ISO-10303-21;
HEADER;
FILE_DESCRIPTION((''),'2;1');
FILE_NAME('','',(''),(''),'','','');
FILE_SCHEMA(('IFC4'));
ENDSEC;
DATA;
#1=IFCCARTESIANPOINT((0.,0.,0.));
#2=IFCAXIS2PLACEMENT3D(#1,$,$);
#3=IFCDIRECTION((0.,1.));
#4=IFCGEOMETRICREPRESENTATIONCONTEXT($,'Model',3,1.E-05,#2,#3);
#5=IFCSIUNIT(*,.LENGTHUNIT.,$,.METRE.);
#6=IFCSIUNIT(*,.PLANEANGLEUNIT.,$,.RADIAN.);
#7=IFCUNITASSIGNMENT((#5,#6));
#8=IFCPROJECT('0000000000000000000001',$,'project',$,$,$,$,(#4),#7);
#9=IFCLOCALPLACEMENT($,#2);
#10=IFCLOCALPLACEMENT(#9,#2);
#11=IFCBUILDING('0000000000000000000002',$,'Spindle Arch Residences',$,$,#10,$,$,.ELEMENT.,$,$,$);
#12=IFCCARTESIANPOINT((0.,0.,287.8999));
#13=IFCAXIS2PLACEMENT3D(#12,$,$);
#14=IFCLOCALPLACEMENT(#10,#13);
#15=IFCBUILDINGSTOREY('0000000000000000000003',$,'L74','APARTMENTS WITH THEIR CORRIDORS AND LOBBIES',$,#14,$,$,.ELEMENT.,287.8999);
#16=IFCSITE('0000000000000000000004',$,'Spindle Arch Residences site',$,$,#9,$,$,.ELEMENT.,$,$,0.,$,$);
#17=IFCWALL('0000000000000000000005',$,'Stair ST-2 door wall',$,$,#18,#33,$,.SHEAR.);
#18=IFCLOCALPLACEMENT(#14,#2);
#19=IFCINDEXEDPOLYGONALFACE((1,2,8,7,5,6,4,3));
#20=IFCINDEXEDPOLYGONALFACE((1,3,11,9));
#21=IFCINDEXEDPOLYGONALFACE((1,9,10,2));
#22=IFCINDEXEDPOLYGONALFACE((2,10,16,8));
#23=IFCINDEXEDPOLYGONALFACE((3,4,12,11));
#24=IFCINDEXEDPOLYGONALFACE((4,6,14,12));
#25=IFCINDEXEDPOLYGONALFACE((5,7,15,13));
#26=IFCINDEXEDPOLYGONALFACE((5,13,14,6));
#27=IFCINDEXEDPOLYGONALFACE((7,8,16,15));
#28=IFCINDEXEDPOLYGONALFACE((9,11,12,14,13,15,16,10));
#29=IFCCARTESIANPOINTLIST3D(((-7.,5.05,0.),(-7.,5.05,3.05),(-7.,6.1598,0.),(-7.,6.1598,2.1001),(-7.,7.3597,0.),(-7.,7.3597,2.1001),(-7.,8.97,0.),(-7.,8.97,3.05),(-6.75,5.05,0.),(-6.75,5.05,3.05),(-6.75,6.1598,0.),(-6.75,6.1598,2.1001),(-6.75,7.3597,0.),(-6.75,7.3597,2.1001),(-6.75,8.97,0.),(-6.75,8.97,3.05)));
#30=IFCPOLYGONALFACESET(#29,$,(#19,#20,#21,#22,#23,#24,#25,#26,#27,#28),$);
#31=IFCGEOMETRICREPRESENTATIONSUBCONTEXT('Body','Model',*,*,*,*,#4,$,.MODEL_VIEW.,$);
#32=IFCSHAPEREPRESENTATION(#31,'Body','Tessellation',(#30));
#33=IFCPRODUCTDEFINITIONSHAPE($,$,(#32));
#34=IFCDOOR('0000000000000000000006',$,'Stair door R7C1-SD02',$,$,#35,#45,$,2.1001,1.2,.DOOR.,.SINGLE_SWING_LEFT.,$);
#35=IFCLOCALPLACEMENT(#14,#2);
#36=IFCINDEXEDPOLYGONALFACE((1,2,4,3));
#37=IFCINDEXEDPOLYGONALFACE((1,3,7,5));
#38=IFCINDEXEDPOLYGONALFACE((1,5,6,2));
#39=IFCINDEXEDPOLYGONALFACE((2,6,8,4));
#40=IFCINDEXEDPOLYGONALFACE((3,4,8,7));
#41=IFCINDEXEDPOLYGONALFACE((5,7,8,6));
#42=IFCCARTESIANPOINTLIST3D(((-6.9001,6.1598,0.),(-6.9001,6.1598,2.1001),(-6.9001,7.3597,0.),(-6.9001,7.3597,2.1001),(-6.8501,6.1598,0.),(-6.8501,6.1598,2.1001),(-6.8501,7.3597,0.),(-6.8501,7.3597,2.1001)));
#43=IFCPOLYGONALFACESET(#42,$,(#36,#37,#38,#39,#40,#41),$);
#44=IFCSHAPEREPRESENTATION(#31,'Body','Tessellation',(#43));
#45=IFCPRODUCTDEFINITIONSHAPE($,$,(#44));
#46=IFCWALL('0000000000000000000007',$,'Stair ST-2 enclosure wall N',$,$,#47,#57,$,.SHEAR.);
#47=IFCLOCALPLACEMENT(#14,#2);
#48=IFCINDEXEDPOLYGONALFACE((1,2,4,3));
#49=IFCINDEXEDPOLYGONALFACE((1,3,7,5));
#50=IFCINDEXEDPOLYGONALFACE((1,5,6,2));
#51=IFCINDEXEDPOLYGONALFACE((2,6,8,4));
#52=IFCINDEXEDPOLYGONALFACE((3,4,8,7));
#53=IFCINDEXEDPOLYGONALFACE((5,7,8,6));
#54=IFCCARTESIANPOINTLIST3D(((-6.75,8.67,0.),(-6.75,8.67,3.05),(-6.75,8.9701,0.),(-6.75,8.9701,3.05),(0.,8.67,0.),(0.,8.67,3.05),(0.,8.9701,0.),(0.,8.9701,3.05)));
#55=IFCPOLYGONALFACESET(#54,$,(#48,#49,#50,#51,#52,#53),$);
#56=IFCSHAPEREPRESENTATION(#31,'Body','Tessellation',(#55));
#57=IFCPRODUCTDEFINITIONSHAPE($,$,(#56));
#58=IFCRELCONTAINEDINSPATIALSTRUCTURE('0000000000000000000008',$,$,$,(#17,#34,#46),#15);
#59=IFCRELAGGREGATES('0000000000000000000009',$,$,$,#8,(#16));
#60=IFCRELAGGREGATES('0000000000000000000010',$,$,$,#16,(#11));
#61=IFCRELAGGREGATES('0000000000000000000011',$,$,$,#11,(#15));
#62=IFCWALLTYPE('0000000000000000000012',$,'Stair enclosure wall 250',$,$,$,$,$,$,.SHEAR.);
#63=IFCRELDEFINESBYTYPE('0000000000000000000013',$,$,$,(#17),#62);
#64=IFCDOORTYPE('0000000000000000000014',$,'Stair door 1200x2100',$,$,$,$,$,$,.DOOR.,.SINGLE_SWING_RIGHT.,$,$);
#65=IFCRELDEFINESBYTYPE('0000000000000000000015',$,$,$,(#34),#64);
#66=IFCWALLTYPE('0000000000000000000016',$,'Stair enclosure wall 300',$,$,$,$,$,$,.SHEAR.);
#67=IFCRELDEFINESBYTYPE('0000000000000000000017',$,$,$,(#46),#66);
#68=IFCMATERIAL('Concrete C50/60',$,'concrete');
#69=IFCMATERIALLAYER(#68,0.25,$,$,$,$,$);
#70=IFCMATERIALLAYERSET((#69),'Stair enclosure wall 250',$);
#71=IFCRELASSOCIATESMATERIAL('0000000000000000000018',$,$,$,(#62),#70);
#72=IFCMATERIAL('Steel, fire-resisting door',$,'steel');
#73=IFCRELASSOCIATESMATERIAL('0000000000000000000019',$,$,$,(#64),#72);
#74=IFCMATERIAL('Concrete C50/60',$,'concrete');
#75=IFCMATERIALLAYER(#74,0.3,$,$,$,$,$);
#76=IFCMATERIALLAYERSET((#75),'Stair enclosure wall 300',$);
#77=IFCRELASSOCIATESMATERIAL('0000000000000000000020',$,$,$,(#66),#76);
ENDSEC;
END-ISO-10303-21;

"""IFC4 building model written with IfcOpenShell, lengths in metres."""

from ifc_helpers import new_model, si_unit, direction, frame, frame_2d, origin, place, context, subcontext, project, spatial, rectangle, extrude, material, layer, layer_set, type_object, element, fill, save


model = new_model("IFC4")

# Units and contexts
model_context = context("Model", 3, precision=1e-05, world=origin(), true_north=direction((0.0, 1.0)))
body_context = subcontext(model_context, "Body", "Model", "MODEL_VIEW")
ifc_project = project(units=[si_unit("LENGTHUNIT", "METRE"), si_unit("PLANEANGLEUNIT", "RADIAN")], contexts=[model_context])

# Site, building, storey
site_placement = place(None, origin())
site = spatial("IfcSite", under=ifc_project, at=site_placement, Name="Spindle Arch Residences site", CompositionType="ELEMENT", RefElevation=0.0)
building_placement = place(site_placement, origin())
building = spatial("IfcBuilding", under=site, at=building_placement, Name="Spindle Arch Residences", CompositionType="ELEMENT")
storey_placement = place(building_placement, frame((0.0, 0.0, 287.8999)))
storey = spatial("IfcBuildingStorey", under=building, at=storey_placement, Name="L74", Description="APARTMENTS WITH THEIR CORRIDORS AND LOBBIES", CompositionType="ELEMENT", Elevation=287.8999)

# Wall, opening, door
ifc_material_1 = material(Name="Concrete C50/60", Category="concrete")
ifc_layer_1 = layer(ifc_material_1, 0.25)
ifc_layer_set_1 = layer_set([ifc_layer_1], Name="Stair enclosure wall 250")
wall_type_1 = type_object("IfcWallType", Name="Stair enclosure wall 250", PredefinedType="SHEAR", material=ifc_layer_set_1)
wall_1_placement = place(storey_placement, frame((-6.875, 8.97, 0.0), z_axis=(0.0, 0.0, 1.0), x_axis=(0.0, -1.0, 0.0)))
wall_1 = element("IfcWall", 1, at=wall_1_placement, inside=storey, type_object=wall_type_1, Name="Stair ST-2 door wall", PredefinedType="SHEAR", context=body_context, shape_type="SweptSolid", body=[
    extrude(rectangle(XDim=3.9199, YDim=0.25, at=frame_2d((1.96, 0.0))), origin(), (0.0, 0.0, 1.0), 3.05),
])
opening_1_placement = place(wall_1_placement, frame((1.6101, 0.0, 0.0)))
opening_1 = element("IfcOpeningElement", 2, at=opening_1_placement, cuts=wall_1, PredefinedType="OPENING", context=body_context, shape_type="SweptSolid", body=[
    extrude(rectangle(XDim=1.2, YDim=2.1001, at=frame_2d((0.6001, 1.05))), frame((0.0, 0.135, 0.0), z_axis=(0.0, -1.0, 0.0), x_axis=(1.0, 0.0, 0.0)), (0.0, 0.0, 1.0), 0.27),
])
ifc_material_2 = material(Name="Steel, fire-resisting door", Category="steel")
door_type_1 = type_object("IfcDoorType", Name="Stair door 1200x2100", OperationType="SINGLE_SWING_RIGHT", PredefinedType="DOOR", material=ifc_material_2)
door_1_placement = place(opening_1_placement, origin())
door_1 = element("IfcDoor", 3, at=door_1_placement, inside=storey, type_object=door_type_1, Name="Stair door R7C1-SD02", OperationType="SINGLE_SWING_LEFT", OverallHeight=2.1001, OverallWidth=1.2, PredefinedType="DOOR", context=body_context, shape_type="SweptSolid", body=[
    extrude(rectangle(XDim=1.2, YDim=2.1001, at=frame_2d((0.6001, 1.05))), frame((0.0, 0.0249, 0.0), z_axis=(0.0, -1.0, 0.0), x_axis=(1.0, 0.0, 0.0)), (0.0, 0.0, 1.0), 0.05),
])
fill(opening_1, door_1)

# Wall
ifc_material_3 = material(Name="Concrete C50/60", Category="concrete")
ifc_layer_2 = layer(ifc_material_3, 0.3)
ifc_layer_set_2 = layer_set([ifc_layer_2], Name="Stair enclosure wall 300")
wall_type_2 = type_object("IfcWallType", Name="Stair enclosure wall 300", PredefinedType="SHEAR", material=ifc_layer_set_2)
wall_2_placement = place(storey_placement, frame((-6.75, 8.8201, 0.0), z_axis=(0.0, 0.0, 1.0), x_axis=(1.0, 0.0, 0.0)))
element("IfcWall", 4, at=wall_2_placement, inside=storey, type_object=wall_type_2, Name="Stair ST-2 enclosure wall N", PredefinedType="SHEAR", context=body_context, shape_type="SweptSolid", body=[
    extrude(rectangle(XDim=6.75, YDim=0.3, at=frame_2d((3.375, 0.0))), origin(), (0.0, 0.0, 1.0), 3.05),
])

save(model, "model.ifc")
